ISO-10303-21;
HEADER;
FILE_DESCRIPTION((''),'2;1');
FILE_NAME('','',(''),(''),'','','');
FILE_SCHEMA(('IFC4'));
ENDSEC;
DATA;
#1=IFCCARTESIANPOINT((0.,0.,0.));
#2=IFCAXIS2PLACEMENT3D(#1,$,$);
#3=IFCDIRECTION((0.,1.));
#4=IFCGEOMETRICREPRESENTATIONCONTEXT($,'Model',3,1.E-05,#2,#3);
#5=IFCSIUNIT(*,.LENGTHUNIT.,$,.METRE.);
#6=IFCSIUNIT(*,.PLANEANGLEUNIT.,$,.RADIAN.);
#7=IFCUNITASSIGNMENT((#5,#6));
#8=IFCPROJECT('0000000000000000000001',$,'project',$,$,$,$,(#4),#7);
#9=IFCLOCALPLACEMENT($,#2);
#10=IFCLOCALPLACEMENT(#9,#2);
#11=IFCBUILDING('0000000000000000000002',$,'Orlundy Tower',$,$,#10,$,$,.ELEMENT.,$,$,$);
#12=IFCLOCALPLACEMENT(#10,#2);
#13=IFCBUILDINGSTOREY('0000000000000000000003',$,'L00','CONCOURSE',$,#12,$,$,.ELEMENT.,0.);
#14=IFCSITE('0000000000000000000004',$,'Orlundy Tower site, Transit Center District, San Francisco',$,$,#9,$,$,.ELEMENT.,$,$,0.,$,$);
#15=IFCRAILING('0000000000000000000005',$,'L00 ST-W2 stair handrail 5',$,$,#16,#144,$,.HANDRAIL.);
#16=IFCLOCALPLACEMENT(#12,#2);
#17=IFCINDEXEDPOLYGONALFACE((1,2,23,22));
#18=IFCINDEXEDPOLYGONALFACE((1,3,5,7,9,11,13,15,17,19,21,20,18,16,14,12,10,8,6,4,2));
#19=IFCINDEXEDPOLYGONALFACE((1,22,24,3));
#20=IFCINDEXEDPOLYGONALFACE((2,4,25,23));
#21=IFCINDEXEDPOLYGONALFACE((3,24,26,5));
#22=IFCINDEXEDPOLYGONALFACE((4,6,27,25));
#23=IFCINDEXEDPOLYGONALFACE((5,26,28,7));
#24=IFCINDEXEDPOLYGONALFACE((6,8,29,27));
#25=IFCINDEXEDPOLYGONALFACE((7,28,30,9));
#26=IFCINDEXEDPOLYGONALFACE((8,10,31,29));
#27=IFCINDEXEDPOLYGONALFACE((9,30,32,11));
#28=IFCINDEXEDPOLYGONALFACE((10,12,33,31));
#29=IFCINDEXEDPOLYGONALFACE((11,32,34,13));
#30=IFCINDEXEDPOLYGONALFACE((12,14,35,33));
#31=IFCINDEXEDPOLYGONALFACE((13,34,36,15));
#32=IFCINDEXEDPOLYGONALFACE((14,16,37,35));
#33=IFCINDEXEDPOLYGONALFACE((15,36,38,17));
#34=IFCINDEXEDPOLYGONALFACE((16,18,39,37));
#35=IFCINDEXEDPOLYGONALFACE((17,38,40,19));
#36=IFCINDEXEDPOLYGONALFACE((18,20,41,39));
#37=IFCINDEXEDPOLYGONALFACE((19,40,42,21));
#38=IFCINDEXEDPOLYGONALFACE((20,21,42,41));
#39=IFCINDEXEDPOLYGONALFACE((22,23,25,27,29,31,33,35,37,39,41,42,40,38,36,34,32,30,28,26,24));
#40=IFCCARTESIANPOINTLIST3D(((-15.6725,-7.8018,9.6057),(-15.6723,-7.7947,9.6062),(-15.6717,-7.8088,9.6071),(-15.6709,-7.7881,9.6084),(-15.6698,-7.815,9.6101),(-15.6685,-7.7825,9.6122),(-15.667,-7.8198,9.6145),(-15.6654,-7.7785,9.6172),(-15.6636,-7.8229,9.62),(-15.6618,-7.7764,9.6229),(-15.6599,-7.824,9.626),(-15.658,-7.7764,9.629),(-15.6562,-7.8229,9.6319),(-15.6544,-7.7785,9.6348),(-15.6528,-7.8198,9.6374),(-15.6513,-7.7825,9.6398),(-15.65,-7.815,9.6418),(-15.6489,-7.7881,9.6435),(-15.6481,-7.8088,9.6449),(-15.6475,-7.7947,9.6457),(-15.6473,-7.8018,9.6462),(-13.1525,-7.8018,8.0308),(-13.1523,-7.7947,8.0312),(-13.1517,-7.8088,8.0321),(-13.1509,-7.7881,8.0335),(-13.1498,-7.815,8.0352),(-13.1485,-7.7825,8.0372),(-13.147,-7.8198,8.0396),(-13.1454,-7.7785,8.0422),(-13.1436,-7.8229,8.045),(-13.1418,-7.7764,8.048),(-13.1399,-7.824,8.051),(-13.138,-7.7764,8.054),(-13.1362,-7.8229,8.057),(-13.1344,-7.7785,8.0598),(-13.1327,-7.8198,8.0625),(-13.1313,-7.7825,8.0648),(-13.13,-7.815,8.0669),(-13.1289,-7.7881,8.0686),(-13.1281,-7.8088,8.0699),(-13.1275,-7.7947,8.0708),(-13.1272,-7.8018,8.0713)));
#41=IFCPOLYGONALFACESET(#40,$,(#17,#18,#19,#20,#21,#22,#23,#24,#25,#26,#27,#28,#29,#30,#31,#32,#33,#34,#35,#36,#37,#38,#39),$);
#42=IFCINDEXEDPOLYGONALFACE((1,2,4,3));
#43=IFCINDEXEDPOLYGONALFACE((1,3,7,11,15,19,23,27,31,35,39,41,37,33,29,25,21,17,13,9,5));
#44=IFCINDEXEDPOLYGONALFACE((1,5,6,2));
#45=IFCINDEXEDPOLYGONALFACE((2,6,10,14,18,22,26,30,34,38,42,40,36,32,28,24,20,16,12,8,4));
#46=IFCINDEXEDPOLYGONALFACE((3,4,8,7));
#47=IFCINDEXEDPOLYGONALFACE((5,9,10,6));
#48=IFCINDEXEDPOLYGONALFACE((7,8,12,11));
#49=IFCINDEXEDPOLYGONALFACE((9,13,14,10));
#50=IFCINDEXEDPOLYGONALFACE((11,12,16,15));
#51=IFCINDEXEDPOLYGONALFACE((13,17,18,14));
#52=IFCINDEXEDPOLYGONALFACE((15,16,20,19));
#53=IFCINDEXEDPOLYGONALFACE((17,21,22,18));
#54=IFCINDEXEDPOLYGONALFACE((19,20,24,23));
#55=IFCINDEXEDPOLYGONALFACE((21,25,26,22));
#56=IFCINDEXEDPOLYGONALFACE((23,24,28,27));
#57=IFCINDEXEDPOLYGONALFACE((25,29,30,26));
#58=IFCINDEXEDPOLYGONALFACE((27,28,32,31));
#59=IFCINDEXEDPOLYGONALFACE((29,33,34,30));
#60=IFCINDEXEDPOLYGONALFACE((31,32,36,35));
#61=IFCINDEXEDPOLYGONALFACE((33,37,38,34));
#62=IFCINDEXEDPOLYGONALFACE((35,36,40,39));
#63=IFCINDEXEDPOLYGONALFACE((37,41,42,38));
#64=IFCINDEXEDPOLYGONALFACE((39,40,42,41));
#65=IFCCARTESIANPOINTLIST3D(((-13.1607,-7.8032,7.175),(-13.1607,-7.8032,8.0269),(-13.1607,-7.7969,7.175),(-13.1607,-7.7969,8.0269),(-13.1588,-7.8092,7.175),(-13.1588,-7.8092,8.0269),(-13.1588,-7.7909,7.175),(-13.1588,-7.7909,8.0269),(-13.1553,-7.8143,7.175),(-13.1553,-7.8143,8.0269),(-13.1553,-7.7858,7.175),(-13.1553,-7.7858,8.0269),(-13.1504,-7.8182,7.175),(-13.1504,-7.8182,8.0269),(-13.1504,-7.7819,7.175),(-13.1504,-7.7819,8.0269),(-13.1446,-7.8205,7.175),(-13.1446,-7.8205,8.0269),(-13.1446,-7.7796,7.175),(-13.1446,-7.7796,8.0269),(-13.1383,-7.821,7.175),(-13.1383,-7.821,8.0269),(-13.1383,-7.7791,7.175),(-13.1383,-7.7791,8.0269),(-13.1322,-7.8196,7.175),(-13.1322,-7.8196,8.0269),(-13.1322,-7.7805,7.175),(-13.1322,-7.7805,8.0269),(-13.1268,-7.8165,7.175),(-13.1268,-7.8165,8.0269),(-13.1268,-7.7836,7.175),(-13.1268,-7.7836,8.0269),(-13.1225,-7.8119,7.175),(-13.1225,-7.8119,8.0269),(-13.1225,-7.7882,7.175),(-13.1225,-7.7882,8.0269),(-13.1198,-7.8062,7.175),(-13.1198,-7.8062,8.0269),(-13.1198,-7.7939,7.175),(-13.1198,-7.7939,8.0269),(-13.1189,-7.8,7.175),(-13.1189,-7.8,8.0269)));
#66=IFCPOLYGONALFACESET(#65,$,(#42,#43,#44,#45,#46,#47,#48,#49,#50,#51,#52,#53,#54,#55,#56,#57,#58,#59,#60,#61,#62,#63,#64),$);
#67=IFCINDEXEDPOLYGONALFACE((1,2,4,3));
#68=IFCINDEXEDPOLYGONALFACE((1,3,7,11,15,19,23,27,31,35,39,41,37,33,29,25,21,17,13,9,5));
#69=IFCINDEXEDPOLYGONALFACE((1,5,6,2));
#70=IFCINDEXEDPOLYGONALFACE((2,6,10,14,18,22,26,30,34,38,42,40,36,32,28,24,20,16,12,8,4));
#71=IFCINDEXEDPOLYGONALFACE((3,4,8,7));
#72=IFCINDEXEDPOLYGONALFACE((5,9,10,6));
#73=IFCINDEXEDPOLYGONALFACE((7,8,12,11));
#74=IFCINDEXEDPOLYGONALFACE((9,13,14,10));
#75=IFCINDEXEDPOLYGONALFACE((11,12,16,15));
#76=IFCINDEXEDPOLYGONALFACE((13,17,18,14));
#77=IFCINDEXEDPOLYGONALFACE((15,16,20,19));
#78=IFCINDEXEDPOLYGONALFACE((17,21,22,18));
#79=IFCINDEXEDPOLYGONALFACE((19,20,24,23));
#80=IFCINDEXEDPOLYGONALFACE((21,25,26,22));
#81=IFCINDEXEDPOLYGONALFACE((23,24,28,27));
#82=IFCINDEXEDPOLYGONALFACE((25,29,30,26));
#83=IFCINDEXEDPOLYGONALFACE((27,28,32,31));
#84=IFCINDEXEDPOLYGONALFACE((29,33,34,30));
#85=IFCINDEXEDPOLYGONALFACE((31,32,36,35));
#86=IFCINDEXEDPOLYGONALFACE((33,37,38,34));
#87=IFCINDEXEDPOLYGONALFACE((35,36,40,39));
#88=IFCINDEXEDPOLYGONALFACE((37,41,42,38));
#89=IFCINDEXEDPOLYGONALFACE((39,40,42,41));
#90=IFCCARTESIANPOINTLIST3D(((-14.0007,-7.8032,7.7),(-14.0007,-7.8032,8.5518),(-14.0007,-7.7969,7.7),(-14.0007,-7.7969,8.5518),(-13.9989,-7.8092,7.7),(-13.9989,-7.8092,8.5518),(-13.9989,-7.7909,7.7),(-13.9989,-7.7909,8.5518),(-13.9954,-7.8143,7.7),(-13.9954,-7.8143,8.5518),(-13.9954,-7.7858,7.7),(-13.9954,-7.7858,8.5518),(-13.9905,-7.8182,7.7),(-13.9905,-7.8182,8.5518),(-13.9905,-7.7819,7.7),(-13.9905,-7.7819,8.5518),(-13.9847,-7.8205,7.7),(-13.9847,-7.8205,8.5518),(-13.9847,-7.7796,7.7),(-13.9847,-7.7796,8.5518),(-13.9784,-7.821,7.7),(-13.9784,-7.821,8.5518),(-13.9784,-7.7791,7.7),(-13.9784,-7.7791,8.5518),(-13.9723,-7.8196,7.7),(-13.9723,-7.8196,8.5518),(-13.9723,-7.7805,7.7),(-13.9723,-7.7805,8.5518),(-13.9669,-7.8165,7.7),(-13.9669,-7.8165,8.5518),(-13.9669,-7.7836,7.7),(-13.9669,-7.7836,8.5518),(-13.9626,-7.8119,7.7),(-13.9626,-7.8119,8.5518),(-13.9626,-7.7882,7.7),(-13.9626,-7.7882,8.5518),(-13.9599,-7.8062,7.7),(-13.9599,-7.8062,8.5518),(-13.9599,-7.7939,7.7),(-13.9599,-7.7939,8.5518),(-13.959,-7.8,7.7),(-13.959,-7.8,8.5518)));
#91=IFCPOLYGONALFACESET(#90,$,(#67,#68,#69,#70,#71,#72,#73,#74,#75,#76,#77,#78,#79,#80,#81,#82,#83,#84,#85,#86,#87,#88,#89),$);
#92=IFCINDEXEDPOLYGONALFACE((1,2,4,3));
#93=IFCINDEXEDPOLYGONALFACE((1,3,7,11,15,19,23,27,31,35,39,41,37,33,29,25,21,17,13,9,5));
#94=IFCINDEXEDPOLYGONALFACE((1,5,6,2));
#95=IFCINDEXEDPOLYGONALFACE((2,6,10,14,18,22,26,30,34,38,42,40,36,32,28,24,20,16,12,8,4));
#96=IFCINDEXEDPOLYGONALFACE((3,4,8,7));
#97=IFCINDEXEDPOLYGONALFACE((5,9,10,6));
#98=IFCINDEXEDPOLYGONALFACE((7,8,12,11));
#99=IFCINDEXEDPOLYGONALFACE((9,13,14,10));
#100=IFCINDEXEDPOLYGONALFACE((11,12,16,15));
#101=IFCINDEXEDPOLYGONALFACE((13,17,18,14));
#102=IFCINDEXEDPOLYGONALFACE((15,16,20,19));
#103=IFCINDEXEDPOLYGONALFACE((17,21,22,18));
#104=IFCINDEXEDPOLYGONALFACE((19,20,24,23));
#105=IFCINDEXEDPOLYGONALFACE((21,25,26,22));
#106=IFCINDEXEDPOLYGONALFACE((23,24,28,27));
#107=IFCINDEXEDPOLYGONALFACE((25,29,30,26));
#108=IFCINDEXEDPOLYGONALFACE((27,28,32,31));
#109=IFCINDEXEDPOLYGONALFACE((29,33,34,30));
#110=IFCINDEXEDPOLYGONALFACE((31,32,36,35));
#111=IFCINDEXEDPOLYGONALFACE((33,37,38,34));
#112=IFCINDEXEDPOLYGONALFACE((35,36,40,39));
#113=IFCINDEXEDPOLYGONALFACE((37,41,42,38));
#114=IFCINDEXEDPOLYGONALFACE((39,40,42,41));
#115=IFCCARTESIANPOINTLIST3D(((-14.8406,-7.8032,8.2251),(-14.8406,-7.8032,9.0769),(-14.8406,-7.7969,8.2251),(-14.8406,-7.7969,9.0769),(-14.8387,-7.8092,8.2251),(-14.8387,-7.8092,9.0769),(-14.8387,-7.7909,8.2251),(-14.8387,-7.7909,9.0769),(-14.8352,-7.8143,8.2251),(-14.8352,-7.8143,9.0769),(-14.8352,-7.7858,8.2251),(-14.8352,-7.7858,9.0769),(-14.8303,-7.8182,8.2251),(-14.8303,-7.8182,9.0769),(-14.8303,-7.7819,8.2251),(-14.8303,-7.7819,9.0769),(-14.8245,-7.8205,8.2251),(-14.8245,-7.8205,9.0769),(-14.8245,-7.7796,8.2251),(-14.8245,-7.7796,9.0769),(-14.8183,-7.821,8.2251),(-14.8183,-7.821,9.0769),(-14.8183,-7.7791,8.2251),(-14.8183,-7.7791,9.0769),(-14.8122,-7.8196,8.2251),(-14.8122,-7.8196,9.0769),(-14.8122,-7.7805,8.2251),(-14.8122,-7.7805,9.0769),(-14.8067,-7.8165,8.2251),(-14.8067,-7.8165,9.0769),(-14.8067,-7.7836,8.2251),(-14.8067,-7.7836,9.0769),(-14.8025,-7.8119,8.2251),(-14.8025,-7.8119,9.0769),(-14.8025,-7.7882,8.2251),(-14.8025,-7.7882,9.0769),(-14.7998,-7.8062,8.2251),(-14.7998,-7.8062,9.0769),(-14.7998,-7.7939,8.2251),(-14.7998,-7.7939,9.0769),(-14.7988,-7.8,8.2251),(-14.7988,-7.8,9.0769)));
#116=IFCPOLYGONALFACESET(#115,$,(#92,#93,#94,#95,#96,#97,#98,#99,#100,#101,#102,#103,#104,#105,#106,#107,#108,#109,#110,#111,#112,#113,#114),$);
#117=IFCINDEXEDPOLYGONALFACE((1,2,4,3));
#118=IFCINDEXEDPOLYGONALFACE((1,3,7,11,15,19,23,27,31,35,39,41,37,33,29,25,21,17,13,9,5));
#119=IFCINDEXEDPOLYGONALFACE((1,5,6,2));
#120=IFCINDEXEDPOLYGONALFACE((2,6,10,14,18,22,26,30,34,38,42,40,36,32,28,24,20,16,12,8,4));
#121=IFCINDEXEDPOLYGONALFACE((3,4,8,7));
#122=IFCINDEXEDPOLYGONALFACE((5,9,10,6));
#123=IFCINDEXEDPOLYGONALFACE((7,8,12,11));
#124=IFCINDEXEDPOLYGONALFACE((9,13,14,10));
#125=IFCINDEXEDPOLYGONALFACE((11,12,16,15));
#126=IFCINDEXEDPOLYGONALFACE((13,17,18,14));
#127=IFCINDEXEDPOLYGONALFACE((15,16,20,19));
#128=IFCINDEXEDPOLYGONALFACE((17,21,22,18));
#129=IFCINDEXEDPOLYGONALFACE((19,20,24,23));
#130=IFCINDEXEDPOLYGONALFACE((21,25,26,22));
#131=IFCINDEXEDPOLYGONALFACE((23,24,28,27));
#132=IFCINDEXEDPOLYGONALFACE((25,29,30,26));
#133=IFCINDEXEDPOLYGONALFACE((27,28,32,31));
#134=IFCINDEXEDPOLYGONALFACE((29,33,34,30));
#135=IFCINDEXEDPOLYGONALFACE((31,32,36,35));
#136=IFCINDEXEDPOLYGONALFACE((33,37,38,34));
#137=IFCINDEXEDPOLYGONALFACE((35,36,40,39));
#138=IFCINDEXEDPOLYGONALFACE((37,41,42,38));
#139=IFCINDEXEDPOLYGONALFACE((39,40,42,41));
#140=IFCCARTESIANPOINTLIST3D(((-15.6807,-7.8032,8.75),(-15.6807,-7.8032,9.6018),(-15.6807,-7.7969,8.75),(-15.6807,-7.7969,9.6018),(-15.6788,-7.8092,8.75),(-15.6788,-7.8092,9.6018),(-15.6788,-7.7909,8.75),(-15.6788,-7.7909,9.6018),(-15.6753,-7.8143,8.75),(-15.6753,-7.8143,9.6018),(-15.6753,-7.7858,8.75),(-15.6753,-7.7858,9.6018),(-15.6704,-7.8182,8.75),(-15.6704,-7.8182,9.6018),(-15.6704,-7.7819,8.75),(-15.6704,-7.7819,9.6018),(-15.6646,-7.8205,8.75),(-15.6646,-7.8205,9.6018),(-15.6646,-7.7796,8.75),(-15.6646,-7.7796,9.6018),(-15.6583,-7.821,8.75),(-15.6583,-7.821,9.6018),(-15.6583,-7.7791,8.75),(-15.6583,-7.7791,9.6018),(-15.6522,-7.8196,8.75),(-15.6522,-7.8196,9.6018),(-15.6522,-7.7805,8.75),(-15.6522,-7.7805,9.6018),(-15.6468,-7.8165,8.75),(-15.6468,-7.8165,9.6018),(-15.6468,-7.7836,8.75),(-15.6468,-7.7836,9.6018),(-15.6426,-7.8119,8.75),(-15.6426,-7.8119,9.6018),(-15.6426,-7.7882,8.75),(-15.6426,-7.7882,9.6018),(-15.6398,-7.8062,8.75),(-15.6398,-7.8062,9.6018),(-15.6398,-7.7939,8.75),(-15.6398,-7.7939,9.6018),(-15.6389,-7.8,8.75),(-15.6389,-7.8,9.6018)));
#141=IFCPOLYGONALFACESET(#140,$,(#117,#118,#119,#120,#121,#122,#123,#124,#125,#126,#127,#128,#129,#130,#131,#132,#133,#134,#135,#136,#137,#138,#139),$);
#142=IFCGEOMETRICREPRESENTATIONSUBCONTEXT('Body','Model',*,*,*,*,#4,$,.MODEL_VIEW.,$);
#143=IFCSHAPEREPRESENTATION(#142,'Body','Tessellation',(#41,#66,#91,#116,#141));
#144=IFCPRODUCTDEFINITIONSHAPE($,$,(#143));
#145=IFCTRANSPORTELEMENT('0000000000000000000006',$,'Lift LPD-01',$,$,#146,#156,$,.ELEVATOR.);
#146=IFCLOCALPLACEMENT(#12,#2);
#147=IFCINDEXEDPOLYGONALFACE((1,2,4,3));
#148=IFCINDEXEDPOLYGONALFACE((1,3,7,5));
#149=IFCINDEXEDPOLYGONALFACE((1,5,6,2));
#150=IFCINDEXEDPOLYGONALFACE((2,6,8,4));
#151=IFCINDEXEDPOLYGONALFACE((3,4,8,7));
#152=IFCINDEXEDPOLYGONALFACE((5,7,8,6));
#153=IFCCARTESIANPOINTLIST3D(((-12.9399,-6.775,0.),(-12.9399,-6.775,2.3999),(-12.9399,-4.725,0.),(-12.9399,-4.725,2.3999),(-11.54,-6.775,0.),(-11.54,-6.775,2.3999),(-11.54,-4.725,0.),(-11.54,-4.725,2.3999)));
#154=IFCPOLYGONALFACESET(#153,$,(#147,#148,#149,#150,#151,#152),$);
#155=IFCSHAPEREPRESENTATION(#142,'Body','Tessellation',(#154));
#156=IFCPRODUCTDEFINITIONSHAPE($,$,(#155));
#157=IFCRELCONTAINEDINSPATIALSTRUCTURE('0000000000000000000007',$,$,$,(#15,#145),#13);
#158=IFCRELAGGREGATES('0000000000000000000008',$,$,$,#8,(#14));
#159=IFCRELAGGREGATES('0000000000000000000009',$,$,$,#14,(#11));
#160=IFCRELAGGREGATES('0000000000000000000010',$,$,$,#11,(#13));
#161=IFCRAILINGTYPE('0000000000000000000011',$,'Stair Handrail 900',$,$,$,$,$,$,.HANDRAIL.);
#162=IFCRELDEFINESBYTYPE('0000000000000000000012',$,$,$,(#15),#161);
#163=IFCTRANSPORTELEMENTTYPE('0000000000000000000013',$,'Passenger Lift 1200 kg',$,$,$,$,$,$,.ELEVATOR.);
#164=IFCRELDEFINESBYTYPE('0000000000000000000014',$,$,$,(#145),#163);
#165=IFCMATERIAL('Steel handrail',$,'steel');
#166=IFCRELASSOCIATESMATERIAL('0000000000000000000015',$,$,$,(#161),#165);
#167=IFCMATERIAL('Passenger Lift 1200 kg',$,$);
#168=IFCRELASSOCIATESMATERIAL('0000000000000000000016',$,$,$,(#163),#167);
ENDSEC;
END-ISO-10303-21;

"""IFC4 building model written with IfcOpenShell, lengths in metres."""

from ifc_helpers import new_model, si_unit, direction, frame, origin, origin_2d, place, context, subcontext, project, spatial, rectangle, circle, extrude, material, type_object, element, save


model = new_model("IFC4")

# Units and contexts
model_context = context("Model", 3, precision=1e-05, world=origin(), true_north=direction((0.0, 1.0)))
body_context = subcontext(model_context, "Body", "Model", "MODEL_VIEW")
ifc_project = project(units=[si_unit("LENGTHUNIT", "METRE"), si_unit("PLANEANGLEUNIT", "RADIAN")], contexts=[model_context])

# Site, building, storey
site_placement = place(None, origin())
site = spatial("IfcSite", under=ifc_project, at=site_placement, Name="Orlundy Tower site, Transit Center District, San Francisco", CompositionType="ELEMENT", RefElevation=0.0)
building_placement = place(site_placement, origin())
building = spatial("IfcBuilding", under=site, at=building_placement, Name="Orlundy Tower", CompositionType="ELEMENT")
storey_placement = place(building_placement, origin())
storey = spatial("IfcBuildingStorey", under=building, at=storey_placement, Name="L00", Description="CONCOURSE", CompositionType="ELEMENT", Elevation=0.0)

# Railing
ifc_material_1 = material(Name="Steel handrail", Category="steel")
railing_type_1 = type_object("IfcRailingType", Name="Stair Handrail 900", PredefinedType="HANDRAIL", material=ifc_material_1)
for number, where, name in (
    (1, (-13.1399, -7.8, 7.175), "L00 ST-W2 stair handrail 5"),
):
    element("IfcRailing", number, at=place(storey_placement, frame(where)), inside=storey, type_object=railing_type_1, Name=name, PredefinedType="HANDRAIL", context=body_context, shape_type="SweptSolid", body=[
        extrude(circle(Radius=0.0239, at=origin_2d()), frame((0.0, 0.0, 0.876), z_axis=(-0.848008, 0.0, 0.529984), x_axis=(0.0, -1.0, 0.0)), (0.0, 0.0, 1.0), 2.9717),
        extrude(circle(Radius=0.021, at=origin_2d()), origin(), (0.0, 0.0, 1.0), 0.8518),
        extrude(circle(Radius=0.021, at=origin_2d()), frame((-0.8401, 0.0, 0.5249)), (0.0, 0.0, 1.0), 0.8518),
        extrude(circle(Radius=0.021, at=origin_2d()), frame((-1.6799, 0.0, 1.05)), (0.0, 0.0, 1.0), 0.8518),
        extrude(circle(Radius=0.021, at=origin_2d()), frame((-2.52, 0.0, 1.575)), (0.0, 0.0, 1.0), 0.8518),
    ])

# Transport element
ifc_material_2 = material(Name="Passenger Lift 1200 kg")
transport_element_type = type_object("IfcTransportElementType", Name="Passenger Lift 1200 kg", PredefinedType="ELEVATOR", material=ifc_material_2)
transport_element_placement = place(storey_placement, frame((-12.24, -5.75, 0.0), z_axis=(0.0, 0.0, 1.0), x_axis=(1.0, 0.0, 0.0)))
element("IfcTransportElement", 2, at=transport_element_placement, inside=storey, type_object=transport_element_type, Name="Lift LPD-01", PredefinedType="ELEVATOR", context=body_context, shape_type="SweptSolid", body=[
    extrude(rectangle(XDim=1.3999, YDim=2.05, at=origin_2d()), origin(), (0.0, 0.0, 1.0), 2.3999),
])

save(model, "model.ifc")
